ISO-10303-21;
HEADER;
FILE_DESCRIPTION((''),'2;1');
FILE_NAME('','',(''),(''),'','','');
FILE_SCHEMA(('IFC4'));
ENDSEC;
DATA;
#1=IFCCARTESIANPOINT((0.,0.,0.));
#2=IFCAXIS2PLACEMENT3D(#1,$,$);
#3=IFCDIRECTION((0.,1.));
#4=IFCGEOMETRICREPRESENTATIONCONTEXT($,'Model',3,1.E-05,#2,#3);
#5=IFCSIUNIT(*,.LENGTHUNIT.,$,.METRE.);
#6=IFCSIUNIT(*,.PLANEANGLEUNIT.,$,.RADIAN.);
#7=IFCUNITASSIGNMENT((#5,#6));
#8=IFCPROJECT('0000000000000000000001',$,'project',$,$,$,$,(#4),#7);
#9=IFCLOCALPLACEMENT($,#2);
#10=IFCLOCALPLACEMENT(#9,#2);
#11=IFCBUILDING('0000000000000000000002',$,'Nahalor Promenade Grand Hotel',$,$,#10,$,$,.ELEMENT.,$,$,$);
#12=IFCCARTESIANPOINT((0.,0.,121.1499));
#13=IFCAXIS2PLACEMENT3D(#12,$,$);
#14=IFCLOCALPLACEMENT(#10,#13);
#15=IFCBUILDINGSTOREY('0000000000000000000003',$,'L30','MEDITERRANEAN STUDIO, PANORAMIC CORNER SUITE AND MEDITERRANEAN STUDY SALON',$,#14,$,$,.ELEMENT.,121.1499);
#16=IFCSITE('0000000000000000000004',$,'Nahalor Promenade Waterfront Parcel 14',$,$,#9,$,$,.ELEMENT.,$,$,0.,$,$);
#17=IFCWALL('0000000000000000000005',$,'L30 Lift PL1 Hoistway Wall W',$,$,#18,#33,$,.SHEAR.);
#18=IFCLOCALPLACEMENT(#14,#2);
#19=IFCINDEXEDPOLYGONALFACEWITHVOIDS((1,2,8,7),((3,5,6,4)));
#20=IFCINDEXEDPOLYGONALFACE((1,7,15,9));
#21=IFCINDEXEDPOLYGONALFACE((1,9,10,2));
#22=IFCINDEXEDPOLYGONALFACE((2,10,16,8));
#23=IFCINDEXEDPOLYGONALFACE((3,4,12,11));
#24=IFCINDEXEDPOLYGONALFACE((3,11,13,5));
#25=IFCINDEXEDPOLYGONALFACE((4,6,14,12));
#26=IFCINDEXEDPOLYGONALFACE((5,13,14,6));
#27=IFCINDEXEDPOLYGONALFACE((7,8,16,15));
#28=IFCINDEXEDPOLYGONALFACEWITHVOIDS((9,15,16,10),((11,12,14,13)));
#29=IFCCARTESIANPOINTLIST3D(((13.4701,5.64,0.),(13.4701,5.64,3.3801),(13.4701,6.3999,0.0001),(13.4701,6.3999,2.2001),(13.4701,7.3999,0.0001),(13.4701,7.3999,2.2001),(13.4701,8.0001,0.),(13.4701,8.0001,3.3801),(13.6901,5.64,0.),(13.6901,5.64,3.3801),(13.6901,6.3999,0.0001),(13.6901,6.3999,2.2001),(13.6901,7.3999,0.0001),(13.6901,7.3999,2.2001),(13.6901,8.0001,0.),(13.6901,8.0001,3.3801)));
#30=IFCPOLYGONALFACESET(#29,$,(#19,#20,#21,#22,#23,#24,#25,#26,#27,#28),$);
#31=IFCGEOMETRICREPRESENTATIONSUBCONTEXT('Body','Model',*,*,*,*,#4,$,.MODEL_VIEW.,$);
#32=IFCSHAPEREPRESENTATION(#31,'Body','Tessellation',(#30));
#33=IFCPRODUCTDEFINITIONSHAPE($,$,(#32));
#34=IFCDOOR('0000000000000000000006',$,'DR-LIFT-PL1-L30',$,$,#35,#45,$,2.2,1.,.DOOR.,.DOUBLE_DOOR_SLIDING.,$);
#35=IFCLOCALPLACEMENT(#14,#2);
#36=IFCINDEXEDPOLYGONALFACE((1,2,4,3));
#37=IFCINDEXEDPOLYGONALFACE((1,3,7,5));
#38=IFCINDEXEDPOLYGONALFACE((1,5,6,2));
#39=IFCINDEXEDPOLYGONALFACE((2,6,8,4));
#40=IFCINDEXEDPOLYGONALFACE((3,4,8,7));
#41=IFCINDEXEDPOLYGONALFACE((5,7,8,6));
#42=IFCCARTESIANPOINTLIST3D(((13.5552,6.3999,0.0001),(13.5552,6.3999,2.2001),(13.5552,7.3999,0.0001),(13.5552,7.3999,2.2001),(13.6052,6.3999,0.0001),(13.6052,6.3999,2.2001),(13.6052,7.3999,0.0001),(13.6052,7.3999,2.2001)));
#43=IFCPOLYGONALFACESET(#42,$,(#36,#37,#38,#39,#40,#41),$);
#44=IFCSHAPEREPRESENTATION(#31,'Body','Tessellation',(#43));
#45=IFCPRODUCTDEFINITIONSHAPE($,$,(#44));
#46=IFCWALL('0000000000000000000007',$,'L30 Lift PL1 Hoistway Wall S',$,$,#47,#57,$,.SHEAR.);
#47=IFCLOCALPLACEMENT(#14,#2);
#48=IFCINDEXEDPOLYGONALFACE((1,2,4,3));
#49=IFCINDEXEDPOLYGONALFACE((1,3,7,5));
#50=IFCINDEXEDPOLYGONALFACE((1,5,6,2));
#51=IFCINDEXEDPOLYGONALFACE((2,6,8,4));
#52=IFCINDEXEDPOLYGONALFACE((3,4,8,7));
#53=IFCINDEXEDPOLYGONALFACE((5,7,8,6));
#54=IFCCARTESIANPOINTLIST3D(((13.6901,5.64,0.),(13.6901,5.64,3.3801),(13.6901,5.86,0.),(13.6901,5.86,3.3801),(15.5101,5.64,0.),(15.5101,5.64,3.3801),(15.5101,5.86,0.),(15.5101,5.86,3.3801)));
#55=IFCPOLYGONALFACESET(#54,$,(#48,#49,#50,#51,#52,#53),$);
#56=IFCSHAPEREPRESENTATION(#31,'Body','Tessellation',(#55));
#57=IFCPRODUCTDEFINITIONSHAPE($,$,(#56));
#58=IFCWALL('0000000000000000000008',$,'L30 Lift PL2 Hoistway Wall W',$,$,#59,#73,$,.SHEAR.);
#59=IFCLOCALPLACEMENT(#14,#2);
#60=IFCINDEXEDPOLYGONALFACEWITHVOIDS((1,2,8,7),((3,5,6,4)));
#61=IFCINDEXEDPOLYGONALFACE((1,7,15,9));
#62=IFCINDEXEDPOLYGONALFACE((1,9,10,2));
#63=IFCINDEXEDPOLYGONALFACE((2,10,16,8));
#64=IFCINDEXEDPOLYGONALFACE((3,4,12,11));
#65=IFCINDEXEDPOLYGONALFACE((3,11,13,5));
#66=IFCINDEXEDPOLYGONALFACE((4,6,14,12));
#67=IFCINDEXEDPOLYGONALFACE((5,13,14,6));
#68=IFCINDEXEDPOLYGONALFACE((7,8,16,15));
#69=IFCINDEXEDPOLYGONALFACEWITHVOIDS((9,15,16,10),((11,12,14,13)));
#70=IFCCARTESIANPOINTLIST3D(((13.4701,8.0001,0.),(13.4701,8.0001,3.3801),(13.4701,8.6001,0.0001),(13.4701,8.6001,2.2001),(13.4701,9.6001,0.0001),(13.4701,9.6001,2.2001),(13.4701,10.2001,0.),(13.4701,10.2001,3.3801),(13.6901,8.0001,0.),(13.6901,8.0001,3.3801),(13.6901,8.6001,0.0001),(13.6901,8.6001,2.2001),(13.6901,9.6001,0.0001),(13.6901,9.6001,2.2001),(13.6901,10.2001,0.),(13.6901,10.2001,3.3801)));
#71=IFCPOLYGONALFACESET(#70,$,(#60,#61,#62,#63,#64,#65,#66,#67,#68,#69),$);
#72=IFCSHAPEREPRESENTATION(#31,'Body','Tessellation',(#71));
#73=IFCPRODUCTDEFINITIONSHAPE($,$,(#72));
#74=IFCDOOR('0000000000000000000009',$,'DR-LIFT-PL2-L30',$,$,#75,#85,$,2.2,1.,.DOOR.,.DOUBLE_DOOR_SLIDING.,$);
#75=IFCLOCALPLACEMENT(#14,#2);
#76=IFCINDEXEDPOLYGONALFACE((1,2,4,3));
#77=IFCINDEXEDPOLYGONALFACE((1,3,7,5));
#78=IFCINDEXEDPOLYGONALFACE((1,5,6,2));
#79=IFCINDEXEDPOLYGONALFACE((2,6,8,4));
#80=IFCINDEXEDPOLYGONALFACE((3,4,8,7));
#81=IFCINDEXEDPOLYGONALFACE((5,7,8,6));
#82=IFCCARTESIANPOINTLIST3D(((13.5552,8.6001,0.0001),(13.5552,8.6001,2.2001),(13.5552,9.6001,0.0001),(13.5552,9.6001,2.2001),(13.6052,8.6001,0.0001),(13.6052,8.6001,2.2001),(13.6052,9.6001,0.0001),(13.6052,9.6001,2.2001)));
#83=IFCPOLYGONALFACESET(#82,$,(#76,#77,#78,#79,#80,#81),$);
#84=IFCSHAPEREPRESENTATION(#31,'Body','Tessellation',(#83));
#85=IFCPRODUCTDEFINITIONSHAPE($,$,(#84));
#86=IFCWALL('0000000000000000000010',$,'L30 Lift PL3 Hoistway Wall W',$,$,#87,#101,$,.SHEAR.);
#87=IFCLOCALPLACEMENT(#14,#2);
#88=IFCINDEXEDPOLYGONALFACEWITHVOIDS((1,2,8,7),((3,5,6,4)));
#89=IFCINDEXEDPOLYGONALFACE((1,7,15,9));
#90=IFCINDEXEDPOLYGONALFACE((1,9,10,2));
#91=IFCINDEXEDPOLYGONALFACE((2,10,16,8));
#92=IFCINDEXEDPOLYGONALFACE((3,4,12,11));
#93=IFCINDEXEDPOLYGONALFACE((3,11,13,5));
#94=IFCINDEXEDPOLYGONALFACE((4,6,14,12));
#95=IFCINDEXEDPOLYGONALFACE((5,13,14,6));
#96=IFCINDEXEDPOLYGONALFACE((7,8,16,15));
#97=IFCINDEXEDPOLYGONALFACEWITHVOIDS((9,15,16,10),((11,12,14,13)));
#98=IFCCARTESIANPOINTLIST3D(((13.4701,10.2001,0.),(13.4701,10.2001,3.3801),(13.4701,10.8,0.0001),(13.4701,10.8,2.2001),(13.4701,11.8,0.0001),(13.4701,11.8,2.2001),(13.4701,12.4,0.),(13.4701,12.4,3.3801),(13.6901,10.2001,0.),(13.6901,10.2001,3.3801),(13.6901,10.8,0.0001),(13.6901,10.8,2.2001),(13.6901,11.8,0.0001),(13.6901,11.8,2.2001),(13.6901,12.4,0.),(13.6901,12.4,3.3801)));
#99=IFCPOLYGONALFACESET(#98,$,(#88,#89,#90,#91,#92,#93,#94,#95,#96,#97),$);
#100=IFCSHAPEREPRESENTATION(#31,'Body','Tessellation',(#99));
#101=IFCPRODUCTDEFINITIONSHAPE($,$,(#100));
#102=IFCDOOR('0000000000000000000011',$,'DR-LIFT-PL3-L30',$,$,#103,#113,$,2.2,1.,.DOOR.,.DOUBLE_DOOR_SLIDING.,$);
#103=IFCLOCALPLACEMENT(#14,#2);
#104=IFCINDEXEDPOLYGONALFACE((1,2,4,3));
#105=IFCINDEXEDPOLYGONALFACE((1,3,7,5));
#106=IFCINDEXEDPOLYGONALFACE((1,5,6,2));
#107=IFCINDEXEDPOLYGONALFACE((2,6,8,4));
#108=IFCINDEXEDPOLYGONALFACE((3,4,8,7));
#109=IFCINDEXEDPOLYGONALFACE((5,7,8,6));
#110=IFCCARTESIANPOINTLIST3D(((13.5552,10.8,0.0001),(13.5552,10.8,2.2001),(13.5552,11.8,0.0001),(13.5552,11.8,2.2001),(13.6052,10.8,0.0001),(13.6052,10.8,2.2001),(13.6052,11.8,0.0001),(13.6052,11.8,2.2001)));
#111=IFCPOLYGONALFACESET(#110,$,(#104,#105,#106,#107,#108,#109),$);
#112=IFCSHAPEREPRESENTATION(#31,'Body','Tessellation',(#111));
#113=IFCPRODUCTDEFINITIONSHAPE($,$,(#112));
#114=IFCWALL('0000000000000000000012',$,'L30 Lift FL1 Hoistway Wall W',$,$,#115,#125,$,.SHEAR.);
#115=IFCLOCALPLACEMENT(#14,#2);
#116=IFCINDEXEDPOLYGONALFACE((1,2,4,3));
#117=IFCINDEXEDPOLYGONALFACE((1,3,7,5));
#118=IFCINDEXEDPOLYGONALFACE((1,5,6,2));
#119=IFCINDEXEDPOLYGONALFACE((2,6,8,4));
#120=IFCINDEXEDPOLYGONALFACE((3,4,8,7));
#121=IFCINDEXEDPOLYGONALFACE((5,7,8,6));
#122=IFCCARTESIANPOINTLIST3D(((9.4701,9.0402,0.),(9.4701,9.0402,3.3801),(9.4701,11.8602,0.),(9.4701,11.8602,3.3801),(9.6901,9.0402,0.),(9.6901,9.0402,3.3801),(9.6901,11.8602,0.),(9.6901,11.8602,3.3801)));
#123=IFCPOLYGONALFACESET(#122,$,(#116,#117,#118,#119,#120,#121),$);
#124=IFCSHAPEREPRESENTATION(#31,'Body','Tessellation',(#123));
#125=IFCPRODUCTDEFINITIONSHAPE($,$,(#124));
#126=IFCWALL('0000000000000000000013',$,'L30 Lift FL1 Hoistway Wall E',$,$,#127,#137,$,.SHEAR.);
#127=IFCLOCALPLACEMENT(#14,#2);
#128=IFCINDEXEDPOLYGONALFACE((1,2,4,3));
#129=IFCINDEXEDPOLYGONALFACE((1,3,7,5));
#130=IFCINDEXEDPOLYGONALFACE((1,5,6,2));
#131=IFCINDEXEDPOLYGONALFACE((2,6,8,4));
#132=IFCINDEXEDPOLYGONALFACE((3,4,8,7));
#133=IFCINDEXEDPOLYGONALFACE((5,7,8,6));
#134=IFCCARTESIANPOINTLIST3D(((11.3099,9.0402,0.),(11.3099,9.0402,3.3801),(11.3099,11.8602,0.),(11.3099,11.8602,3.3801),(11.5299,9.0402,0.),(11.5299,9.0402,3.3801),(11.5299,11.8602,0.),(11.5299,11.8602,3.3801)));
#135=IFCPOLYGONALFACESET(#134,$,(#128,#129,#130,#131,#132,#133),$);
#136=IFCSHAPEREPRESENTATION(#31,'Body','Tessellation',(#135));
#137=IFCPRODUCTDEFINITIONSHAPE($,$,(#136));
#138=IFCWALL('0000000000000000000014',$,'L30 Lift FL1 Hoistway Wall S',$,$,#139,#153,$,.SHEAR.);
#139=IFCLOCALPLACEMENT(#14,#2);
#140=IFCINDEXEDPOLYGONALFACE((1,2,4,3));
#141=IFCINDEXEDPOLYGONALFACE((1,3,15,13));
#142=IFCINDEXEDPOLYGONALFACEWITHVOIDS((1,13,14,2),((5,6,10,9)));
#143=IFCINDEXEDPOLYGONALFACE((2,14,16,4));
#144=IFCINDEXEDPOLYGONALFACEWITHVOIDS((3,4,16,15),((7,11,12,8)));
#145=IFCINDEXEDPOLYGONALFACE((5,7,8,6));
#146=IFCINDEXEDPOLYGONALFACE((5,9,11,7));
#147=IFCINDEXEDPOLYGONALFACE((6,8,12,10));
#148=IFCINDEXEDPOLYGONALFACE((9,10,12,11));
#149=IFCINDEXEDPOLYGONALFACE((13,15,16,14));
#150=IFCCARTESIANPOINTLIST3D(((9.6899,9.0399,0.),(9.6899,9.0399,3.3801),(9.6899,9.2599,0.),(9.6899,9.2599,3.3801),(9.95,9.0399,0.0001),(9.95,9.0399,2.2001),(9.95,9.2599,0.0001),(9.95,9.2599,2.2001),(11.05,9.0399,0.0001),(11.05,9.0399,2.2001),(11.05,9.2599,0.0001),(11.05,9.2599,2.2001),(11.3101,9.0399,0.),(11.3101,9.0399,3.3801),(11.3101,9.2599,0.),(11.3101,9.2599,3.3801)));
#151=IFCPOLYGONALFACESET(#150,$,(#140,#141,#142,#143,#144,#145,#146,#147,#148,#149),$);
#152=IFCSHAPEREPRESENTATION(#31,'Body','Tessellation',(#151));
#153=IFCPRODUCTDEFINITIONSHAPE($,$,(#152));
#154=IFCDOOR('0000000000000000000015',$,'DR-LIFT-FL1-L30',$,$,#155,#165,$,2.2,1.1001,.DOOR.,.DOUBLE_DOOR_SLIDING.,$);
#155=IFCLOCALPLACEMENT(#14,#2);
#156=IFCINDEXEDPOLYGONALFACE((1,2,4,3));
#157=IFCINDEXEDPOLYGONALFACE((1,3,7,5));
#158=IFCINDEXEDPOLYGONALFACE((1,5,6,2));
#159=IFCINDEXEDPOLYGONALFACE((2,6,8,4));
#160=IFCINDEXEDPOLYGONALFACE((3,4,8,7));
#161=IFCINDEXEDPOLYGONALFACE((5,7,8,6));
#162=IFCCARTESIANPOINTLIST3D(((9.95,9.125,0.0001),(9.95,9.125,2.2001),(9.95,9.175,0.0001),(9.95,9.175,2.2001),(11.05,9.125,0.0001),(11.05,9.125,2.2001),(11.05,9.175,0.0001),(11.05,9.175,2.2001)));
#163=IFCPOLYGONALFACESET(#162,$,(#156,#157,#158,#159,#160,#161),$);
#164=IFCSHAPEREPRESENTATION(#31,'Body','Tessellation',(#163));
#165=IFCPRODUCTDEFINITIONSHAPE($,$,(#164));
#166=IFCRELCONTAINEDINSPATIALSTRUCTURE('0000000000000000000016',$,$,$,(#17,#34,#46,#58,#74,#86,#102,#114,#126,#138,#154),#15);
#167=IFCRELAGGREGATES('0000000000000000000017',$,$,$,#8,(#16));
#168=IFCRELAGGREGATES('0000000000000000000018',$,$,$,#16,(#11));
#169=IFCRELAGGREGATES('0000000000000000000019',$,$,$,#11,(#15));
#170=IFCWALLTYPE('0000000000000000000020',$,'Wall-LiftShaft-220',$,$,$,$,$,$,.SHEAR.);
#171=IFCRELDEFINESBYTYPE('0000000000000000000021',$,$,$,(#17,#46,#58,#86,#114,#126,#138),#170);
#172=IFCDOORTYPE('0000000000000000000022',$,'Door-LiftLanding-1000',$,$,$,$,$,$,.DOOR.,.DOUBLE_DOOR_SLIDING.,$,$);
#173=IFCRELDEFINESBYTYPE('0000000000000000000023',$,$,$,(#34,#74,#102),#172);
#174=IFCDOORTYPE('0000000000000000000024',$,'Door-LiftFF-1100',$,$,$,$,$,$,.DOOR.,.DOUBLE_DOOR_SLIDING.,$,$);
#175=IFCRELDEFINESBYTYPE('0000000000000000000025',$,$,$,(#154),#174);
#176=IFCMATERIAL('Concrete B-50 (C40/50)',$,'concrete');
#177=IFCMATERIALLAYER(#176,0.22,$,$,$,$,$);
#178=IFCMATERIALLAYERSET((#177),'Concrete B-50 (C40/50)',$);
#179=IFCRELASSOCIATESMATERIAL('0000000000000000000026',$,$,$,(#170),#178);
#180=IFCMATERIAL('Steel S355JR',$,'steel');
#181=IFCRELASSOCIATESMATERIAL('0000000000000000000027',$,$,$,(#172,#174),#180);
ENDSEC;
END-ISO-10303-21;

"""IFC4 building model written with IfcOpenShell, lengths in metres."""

from ifc_helpers import new_model, si_unit, direction, frame, frame_2d, origin, place, context, subcontext, project, spatial, rectangle, extrude, source, transform, mapped, material, layer, layer_set, type_object, element, fill, save


model = new_model("IFC4")

# Units and contexts
model_context = context("Model", 3, precision=1e-05, world=origin(), true_north=direction((0.0, 1.0)))
body_context = subcontext(model_context, "Body", "Model", "MODEL_VIEW")
ifc_project = project(units=[si_unit("LENGTHUNIT", "METRE"), si_unit("PLANEANGLEUNIT", "RADIAN")], contexts=[model_context])

# Site, building, storey
site_placement = place(None, origin())
site = spatial("IfcSite", under=ifc_project, at=site_placement, Name="Nahalor Promenade Waterfront Parcel 14", CompositionType="ELEMENT", RefElevation=0.0)
building_placement = place(site_placement, origin())
building = spatial("IfcBuilding", under=site, at=building_placement, Name="Nahalor Promenade Grand Hotel", CompositionType="ELEMENT")
storey_placement = place(building_placement, frame((0.0, 0.0, 121.1499)))
storey = spatial("IfcBuildingStorey", under=building, at=storey_placement, Name="L30", Description="MEDITERRANEAN STUDIO, PANORAMIC CORNER SUITE AND MEDITERRANEAN STUDY SALON", CompositionType="ELEMENT", Elevation=121.1499)

# Shared definitions
ifc_material_1 = material(Name="Steel S355JR", Category="steel")

# Shared definitions
ifc_material_2 = material(Name="Concrete B-50 (C40/50)", Category="concrete")

# Shared definitions
ifc_layer_1 = layer(ifc_material_2, 0.22)
ifc_layer_set_1 = layer_set([ifc_layer_1], Name="Concrete B-50 (C40/50)")
wall_type_1 = type_object("IfcWallType", Name="Wall-LiftShaft-220", PredefinedType="SHEAR", material=ifc_layer_set_1)

# Wall, opening, door
shared_shape_1 = source(origin(), body_context, "Body", "SweptSolid", [
    extrude(rectangle(XDim=2.3601, YDim=0.22, at=frame_2d((1.1802, 0.0))), origin(), (0.0, 0.0, 1.0), 3.3801),
])
wall_1_placement = place(storey_placement, frame((13.5801, 5.6399, 0.0), z_axis=(0.0, 0.0, 1.0), x_axis=(0.0, 1.0, 0.0)))
wall_1 = element("IfcWall", 1, at=wall_1_placement, inside=storey, type_object=wall_type_1, Name="L30 Lift PL1 Hoistway Wall W", PredefinedType="SHEAR", context=body_context, shape_type="MappedRepresentation", body=[
    mapped(shared_shape_1, transform((0.0, 0.0, 0.0), scale=1.0)),
])
opening_1_placement = place(wall_1_placement, frame((0.76, 0.0, 0.0)))
opening_1 = element("IfcOpeningElement", 2, at=opening_1_placement, cuts=wall_1, PredefinedType="OPENING", context=body_context, shape_type="SweptSolid", body=[
    extrude(rectangle(XDim=1.0, YDim=2.2, at=frame_2d((0.5, 1.1001))), frame((0.0, 0.1199, 0.0), z_axis=(0.0, -1.0, 0.0), x_axis=(1.0, 0.0, 0.0)), (0.0, 0.0, 1.0), 0.24),
])
door_type_1 = type_object("IfcDoorType", Name="Door-LiftLanding-1000", OperationType="DOUBLE_DOOR_SLIDING", PredefinedType="DOOR", material=ifc_material_1)
shared_shape_2 = source(origin(), body_context, "Body", "SweptSolid", [
    extrude(rectangle(XDim=1.0, YDim=2.2, at=frame_2d((0.5, 1.1001))), frame((0.0, 0.0249, 0.0), z_axis=(0.0, -1.0, 0.0), x_axis=(1.0, 0.0, 0.0)), (0.0, 0.0, 1.0), 0.05),
])
door_1_placement = place(opening_1_placement, origin())
door_1 = element("IfcDoor", 3, at=door_1_placement, inside=storey, type_object=door_type_1, Name="DR-LIFT-PL1-L30", OperationType="DOUBLE_DOOR_SLIDING", OverallHeight=2.2, OverallWidth=1.0, PredefinedType="DOOR", context=body_context, shape_type="MappedRepresentation", body=[
    mapped(shared_shape_2, transform((0.0, 0.0, 0.0), scale=1.0)),
])
fill(opening_1, door_1)

# Wall
shared_shape_3 = source(origin(), body_context, "Body", "SweptSolid", [
    extrude(rectangle(XDim=1.8201, YDim=0.22, at=frame_2d((0.9102, 0.0))), origin(), (0.0, 0.0, 1.0), 3.3801),
])
wall_2_placement = place(storey_placement, frame((13.6899, 5.75, 0.0), z_axis=(0.0, 0.0, 1.0), x_axis=(1.0, 0.0, 0.0)))
element("IfcWall", 4, at=wall_2_placement, inside=storey, type_object=wall_type_1, Name="L30 Lift PL1 Hoistway Wall S", PredefinedType="SHEAR", context=body_context, shape_type="MappedRepresentation", body=[
    mapped(shared_shape_3, transform((0.0, 0.0, 0.0), scale=1.0)),
])

# Walls, openings, doors
shared_shape_4 = source(origin(), body_context, "Body", "SweptSolid", [
    extrude(rectangle(XDim=2.2, YDim=0.22, at=frame_2d((1.1001, 0.0))), origin(), (0.0, 0.0, 1.0), 3.3801),
])
wall_3_placement = place(storey_placement, frame((13.5801, 8.0, 0.0), z_axis=(0.0, 0.0, 1.0), x_axis=(0.0, 1.0, 0.0)))
wall_3 = element("IfcWall", 5, at=wall_3_placement, inside=storey, type_object=wall_type_1, Name="L30 Lift PL2 Hoistway Wall W", PredefinedType="SHEAR", context=body_context, shape_type="MappedRepresentation", body=[
    mapped(shared_shape_4, transform((0.0, 0.0, 0.0), scale=1.0)),
])
opening_2_placement = place(wall_3_placement, frame((0.6001, 0.0, 0.0)))
opening_2 = element("IfcOpeningElement", 6, at=opening_2_placement, cuts=wall_3, PredefinedType="OPENING", context=body_context, shape_type="SweptSolid", body=[
    extrude(rectangle(XDim=1.0, YDim=2.2, at=frame_2d((0.5, 1.1001))), frame((0.0, 0.1199, 0.0), z_axis=(0.0, -1.0, 0.0), x_axis=(1.0, 0.0, 0.0)), (0.0, 0.0, 1.0), 0.24),
])
door_2_placement = place(opening_2_placement, origin())
door_2 = element("IfcDoor", 7, at=door_2_placement, inside=storey, type_object=door_type_1, Name="DR-LIFT-PL2-L30", OperationType="DOUBLE_DOOR_SLIDING", OverallHeight=2.2, OverallWidth=1.0, PredefinedType="DOOR", context=body_context, shape_type="MappedRepresentation", body=[
    mapped(shared_shape_2, transform((0.0, 0.0, 0.0), scale=1.0)),
])
fill(opening_2, door_2)
wall_4_placement = place(storey_placement, frame((13.5801, 10.2, 0.0), z_axis=(0.0, 0.0, 1.0), x_axis=(0.0, 1.0, 0.0)))
wall_4 = element("IfcWall", 8, at=wall_4_placement, inside=storey, type_object=wall_type_1, Name="L30 Lift PL3 Hoistway Wall W", PredefinedType="SHEAR", context=body_context, shape_type="MappedRepresentation", body=[
    mapped(shared_shape_4, transform((0.0, 0.0, 0.0), scale=1.0)),
])
opening_3_placement = place(wall_4_placement, frame((0.6001, 0.0, 0.0)))
opening_3 = element("IfcOpeningElement", 9, at=opening_3_placement, cuts=wall_4, PredefinedType="OPENING", context=body_context, shape_type="SweptSolid", body=[
    extrude(rectangle(XDim=1.0, YDim=2.2, at=frame_2d((0.5, 1.1001))), frame((0.0, 0.1199, 0.0), z_axis=(0.0, -1.0, 0.0), x_axis=(1.0, 0.0, 0.0)), (0.0, 0.0, 1.0), 0.24),
])
door_3_placement = place(opening_3_placement, origin())
door_3 = element("IfcDoor", 10, at=door_3_placement, inside=storey, type_object=door_type_1, Name="DR-LIFT-PL3-L30", OperationType="DOUBLE_DOOR_SLIDING", OverallHeight=2.2, OverallWidth=1.0, PredefinedType="DOOR", context=body_context, shape_type="MappedRepresentation", body=[
    mapped(shared_shape_2, transform((0.0, 0.0, 0.0), scale=1.0)),
])
fill(opening_3, door_3)

# Walls
shared_shape_5 = source(origin(), body_context, "Body", "SweptSolid", [
    extrude(rectangle(XDim=2.8201, YDim=0.22, at=frame_2d((1.4102, 0.0))), origin(), (0.0, 0.0, 1.0), 3.3801),
])
for number, where, z_axis, x_axis, name in (
    (11, (9.5801, 9.04, 0.0), (0.0, 0.0, 1.0), (0.0, 1.0, 0.0), "L30 Lift FL1 Hoistway Wall W"),
    (12, (11.4199, 9.04, 0.0), (0.0, 0.0, 1.0), (0.0, 1.0, 0.0), "L30 Lift FL1 Hoistway Wall E"),
):
    element("IfcWall", number, at=place(storey_placement, frame(where, z_axis=z_axis, x_axis=x_axis)), inside=storey, type_object=wall_type_1, Name=name, PredefinedType="SHEAR", context=body_context, shape_type="MappedRepresentation", body=[
        mapped(shared_shape_5, transform((0.0, 0.0, 0.0), scale=1.0)),
    ])

# Wall, opening, door
shared_shape_6 = source(origin(), body_context, "Body", "SweptSolid", [
    extrude(rectangle(XDim=1.6201, YDim=0.22, at=frame_2d((0.8101, 0.0))), origin(), (0.0, 0.0, 1.0), 3.3801),
])
wall_5_placement = place(storey_placement, frame((9.6899, 9.1499, 0.0), z_axis=(0.0, 0.0, 1.0), x_axis=(1.0, 0.0, 0.0)))
wall_5 = element("IfcWall", 13, at=wall_5_placement, inside=storey, type_object=wall_type_1, Name="L30 Lift FL1 Hoistway Wall S", PredefinedType="SHEAR", context=body_context, shape_type="MappedRepresentation", body=[
    mapped(shared_shape_6, transform((0.0, 0.0, 0.0), scale=1.0)),
])
opening_4_placement = place(wall_5_placement, frame((0.26, 0.0, 0.0)))
opening_4 = element("IfcOpeningElement", 14, at=opening_4_placement, cuts=wall_5, PredefinedType="OPENING", context=body_context, shape_type="SweptSolid", body=[
    extrude(rectangle(XDim=1.1001, YDim=2.2, at=frame_2d((0.55, 1.1001))), frame((0.0, 0.1199, 0.0), z_axis=(0.0, -1.0, 0.0), x_axis=(1.0, 0.0, 0.0)), (0.0, 0.0, 1.0), 0.24),
])
door_type_2 = type_object("IfcDoorType", Name="Door-LiftFF-1100", OperationType="DOUBLE_DOOR_SLIDING", PredefinedType="DOOR", material=ifc_material_1)
shared_shape_7 = source(origin(), body_context, "Body", "SweptSolid", [
    extrude(rectangle(XDim=1.1001, YDim=2.2, at=frame_2d((0.55, 1.1001))), frame((0.0, 0.0249, 0.0), z_axis=(0.0, -1.0, 0.0), x_axis=(1.0, 0.0, 0.0)), (0.0, 0.0, 1.0), 0.05),
])
door_4_placement = place(opening_4_placement, frame((1.1001, 0.0, 0.0), z_axis=(0.0, 0.0, 1.0), x_axis=(-1.0, 0.0, 0.0)))
door_4 = element("IfcDoor", 15, at=door_4_placement, inside=storey, type_object=door_type_2, Name="DR-LIFT-FL1-L30", OperationType="DOUBLE_DOOR_SLIDING", OverallHeight=2.2, OverallWidth=1.1001, PredefinedType="DOOR", context=body_context, shape_type="MappedRepresentation", body=[
    mapped(shared_shape_7, transform((0.0, 0.0, 0.0), scale=1.0)),
])
fill(opening_4, door_4)

save(model, "model.ifc")
